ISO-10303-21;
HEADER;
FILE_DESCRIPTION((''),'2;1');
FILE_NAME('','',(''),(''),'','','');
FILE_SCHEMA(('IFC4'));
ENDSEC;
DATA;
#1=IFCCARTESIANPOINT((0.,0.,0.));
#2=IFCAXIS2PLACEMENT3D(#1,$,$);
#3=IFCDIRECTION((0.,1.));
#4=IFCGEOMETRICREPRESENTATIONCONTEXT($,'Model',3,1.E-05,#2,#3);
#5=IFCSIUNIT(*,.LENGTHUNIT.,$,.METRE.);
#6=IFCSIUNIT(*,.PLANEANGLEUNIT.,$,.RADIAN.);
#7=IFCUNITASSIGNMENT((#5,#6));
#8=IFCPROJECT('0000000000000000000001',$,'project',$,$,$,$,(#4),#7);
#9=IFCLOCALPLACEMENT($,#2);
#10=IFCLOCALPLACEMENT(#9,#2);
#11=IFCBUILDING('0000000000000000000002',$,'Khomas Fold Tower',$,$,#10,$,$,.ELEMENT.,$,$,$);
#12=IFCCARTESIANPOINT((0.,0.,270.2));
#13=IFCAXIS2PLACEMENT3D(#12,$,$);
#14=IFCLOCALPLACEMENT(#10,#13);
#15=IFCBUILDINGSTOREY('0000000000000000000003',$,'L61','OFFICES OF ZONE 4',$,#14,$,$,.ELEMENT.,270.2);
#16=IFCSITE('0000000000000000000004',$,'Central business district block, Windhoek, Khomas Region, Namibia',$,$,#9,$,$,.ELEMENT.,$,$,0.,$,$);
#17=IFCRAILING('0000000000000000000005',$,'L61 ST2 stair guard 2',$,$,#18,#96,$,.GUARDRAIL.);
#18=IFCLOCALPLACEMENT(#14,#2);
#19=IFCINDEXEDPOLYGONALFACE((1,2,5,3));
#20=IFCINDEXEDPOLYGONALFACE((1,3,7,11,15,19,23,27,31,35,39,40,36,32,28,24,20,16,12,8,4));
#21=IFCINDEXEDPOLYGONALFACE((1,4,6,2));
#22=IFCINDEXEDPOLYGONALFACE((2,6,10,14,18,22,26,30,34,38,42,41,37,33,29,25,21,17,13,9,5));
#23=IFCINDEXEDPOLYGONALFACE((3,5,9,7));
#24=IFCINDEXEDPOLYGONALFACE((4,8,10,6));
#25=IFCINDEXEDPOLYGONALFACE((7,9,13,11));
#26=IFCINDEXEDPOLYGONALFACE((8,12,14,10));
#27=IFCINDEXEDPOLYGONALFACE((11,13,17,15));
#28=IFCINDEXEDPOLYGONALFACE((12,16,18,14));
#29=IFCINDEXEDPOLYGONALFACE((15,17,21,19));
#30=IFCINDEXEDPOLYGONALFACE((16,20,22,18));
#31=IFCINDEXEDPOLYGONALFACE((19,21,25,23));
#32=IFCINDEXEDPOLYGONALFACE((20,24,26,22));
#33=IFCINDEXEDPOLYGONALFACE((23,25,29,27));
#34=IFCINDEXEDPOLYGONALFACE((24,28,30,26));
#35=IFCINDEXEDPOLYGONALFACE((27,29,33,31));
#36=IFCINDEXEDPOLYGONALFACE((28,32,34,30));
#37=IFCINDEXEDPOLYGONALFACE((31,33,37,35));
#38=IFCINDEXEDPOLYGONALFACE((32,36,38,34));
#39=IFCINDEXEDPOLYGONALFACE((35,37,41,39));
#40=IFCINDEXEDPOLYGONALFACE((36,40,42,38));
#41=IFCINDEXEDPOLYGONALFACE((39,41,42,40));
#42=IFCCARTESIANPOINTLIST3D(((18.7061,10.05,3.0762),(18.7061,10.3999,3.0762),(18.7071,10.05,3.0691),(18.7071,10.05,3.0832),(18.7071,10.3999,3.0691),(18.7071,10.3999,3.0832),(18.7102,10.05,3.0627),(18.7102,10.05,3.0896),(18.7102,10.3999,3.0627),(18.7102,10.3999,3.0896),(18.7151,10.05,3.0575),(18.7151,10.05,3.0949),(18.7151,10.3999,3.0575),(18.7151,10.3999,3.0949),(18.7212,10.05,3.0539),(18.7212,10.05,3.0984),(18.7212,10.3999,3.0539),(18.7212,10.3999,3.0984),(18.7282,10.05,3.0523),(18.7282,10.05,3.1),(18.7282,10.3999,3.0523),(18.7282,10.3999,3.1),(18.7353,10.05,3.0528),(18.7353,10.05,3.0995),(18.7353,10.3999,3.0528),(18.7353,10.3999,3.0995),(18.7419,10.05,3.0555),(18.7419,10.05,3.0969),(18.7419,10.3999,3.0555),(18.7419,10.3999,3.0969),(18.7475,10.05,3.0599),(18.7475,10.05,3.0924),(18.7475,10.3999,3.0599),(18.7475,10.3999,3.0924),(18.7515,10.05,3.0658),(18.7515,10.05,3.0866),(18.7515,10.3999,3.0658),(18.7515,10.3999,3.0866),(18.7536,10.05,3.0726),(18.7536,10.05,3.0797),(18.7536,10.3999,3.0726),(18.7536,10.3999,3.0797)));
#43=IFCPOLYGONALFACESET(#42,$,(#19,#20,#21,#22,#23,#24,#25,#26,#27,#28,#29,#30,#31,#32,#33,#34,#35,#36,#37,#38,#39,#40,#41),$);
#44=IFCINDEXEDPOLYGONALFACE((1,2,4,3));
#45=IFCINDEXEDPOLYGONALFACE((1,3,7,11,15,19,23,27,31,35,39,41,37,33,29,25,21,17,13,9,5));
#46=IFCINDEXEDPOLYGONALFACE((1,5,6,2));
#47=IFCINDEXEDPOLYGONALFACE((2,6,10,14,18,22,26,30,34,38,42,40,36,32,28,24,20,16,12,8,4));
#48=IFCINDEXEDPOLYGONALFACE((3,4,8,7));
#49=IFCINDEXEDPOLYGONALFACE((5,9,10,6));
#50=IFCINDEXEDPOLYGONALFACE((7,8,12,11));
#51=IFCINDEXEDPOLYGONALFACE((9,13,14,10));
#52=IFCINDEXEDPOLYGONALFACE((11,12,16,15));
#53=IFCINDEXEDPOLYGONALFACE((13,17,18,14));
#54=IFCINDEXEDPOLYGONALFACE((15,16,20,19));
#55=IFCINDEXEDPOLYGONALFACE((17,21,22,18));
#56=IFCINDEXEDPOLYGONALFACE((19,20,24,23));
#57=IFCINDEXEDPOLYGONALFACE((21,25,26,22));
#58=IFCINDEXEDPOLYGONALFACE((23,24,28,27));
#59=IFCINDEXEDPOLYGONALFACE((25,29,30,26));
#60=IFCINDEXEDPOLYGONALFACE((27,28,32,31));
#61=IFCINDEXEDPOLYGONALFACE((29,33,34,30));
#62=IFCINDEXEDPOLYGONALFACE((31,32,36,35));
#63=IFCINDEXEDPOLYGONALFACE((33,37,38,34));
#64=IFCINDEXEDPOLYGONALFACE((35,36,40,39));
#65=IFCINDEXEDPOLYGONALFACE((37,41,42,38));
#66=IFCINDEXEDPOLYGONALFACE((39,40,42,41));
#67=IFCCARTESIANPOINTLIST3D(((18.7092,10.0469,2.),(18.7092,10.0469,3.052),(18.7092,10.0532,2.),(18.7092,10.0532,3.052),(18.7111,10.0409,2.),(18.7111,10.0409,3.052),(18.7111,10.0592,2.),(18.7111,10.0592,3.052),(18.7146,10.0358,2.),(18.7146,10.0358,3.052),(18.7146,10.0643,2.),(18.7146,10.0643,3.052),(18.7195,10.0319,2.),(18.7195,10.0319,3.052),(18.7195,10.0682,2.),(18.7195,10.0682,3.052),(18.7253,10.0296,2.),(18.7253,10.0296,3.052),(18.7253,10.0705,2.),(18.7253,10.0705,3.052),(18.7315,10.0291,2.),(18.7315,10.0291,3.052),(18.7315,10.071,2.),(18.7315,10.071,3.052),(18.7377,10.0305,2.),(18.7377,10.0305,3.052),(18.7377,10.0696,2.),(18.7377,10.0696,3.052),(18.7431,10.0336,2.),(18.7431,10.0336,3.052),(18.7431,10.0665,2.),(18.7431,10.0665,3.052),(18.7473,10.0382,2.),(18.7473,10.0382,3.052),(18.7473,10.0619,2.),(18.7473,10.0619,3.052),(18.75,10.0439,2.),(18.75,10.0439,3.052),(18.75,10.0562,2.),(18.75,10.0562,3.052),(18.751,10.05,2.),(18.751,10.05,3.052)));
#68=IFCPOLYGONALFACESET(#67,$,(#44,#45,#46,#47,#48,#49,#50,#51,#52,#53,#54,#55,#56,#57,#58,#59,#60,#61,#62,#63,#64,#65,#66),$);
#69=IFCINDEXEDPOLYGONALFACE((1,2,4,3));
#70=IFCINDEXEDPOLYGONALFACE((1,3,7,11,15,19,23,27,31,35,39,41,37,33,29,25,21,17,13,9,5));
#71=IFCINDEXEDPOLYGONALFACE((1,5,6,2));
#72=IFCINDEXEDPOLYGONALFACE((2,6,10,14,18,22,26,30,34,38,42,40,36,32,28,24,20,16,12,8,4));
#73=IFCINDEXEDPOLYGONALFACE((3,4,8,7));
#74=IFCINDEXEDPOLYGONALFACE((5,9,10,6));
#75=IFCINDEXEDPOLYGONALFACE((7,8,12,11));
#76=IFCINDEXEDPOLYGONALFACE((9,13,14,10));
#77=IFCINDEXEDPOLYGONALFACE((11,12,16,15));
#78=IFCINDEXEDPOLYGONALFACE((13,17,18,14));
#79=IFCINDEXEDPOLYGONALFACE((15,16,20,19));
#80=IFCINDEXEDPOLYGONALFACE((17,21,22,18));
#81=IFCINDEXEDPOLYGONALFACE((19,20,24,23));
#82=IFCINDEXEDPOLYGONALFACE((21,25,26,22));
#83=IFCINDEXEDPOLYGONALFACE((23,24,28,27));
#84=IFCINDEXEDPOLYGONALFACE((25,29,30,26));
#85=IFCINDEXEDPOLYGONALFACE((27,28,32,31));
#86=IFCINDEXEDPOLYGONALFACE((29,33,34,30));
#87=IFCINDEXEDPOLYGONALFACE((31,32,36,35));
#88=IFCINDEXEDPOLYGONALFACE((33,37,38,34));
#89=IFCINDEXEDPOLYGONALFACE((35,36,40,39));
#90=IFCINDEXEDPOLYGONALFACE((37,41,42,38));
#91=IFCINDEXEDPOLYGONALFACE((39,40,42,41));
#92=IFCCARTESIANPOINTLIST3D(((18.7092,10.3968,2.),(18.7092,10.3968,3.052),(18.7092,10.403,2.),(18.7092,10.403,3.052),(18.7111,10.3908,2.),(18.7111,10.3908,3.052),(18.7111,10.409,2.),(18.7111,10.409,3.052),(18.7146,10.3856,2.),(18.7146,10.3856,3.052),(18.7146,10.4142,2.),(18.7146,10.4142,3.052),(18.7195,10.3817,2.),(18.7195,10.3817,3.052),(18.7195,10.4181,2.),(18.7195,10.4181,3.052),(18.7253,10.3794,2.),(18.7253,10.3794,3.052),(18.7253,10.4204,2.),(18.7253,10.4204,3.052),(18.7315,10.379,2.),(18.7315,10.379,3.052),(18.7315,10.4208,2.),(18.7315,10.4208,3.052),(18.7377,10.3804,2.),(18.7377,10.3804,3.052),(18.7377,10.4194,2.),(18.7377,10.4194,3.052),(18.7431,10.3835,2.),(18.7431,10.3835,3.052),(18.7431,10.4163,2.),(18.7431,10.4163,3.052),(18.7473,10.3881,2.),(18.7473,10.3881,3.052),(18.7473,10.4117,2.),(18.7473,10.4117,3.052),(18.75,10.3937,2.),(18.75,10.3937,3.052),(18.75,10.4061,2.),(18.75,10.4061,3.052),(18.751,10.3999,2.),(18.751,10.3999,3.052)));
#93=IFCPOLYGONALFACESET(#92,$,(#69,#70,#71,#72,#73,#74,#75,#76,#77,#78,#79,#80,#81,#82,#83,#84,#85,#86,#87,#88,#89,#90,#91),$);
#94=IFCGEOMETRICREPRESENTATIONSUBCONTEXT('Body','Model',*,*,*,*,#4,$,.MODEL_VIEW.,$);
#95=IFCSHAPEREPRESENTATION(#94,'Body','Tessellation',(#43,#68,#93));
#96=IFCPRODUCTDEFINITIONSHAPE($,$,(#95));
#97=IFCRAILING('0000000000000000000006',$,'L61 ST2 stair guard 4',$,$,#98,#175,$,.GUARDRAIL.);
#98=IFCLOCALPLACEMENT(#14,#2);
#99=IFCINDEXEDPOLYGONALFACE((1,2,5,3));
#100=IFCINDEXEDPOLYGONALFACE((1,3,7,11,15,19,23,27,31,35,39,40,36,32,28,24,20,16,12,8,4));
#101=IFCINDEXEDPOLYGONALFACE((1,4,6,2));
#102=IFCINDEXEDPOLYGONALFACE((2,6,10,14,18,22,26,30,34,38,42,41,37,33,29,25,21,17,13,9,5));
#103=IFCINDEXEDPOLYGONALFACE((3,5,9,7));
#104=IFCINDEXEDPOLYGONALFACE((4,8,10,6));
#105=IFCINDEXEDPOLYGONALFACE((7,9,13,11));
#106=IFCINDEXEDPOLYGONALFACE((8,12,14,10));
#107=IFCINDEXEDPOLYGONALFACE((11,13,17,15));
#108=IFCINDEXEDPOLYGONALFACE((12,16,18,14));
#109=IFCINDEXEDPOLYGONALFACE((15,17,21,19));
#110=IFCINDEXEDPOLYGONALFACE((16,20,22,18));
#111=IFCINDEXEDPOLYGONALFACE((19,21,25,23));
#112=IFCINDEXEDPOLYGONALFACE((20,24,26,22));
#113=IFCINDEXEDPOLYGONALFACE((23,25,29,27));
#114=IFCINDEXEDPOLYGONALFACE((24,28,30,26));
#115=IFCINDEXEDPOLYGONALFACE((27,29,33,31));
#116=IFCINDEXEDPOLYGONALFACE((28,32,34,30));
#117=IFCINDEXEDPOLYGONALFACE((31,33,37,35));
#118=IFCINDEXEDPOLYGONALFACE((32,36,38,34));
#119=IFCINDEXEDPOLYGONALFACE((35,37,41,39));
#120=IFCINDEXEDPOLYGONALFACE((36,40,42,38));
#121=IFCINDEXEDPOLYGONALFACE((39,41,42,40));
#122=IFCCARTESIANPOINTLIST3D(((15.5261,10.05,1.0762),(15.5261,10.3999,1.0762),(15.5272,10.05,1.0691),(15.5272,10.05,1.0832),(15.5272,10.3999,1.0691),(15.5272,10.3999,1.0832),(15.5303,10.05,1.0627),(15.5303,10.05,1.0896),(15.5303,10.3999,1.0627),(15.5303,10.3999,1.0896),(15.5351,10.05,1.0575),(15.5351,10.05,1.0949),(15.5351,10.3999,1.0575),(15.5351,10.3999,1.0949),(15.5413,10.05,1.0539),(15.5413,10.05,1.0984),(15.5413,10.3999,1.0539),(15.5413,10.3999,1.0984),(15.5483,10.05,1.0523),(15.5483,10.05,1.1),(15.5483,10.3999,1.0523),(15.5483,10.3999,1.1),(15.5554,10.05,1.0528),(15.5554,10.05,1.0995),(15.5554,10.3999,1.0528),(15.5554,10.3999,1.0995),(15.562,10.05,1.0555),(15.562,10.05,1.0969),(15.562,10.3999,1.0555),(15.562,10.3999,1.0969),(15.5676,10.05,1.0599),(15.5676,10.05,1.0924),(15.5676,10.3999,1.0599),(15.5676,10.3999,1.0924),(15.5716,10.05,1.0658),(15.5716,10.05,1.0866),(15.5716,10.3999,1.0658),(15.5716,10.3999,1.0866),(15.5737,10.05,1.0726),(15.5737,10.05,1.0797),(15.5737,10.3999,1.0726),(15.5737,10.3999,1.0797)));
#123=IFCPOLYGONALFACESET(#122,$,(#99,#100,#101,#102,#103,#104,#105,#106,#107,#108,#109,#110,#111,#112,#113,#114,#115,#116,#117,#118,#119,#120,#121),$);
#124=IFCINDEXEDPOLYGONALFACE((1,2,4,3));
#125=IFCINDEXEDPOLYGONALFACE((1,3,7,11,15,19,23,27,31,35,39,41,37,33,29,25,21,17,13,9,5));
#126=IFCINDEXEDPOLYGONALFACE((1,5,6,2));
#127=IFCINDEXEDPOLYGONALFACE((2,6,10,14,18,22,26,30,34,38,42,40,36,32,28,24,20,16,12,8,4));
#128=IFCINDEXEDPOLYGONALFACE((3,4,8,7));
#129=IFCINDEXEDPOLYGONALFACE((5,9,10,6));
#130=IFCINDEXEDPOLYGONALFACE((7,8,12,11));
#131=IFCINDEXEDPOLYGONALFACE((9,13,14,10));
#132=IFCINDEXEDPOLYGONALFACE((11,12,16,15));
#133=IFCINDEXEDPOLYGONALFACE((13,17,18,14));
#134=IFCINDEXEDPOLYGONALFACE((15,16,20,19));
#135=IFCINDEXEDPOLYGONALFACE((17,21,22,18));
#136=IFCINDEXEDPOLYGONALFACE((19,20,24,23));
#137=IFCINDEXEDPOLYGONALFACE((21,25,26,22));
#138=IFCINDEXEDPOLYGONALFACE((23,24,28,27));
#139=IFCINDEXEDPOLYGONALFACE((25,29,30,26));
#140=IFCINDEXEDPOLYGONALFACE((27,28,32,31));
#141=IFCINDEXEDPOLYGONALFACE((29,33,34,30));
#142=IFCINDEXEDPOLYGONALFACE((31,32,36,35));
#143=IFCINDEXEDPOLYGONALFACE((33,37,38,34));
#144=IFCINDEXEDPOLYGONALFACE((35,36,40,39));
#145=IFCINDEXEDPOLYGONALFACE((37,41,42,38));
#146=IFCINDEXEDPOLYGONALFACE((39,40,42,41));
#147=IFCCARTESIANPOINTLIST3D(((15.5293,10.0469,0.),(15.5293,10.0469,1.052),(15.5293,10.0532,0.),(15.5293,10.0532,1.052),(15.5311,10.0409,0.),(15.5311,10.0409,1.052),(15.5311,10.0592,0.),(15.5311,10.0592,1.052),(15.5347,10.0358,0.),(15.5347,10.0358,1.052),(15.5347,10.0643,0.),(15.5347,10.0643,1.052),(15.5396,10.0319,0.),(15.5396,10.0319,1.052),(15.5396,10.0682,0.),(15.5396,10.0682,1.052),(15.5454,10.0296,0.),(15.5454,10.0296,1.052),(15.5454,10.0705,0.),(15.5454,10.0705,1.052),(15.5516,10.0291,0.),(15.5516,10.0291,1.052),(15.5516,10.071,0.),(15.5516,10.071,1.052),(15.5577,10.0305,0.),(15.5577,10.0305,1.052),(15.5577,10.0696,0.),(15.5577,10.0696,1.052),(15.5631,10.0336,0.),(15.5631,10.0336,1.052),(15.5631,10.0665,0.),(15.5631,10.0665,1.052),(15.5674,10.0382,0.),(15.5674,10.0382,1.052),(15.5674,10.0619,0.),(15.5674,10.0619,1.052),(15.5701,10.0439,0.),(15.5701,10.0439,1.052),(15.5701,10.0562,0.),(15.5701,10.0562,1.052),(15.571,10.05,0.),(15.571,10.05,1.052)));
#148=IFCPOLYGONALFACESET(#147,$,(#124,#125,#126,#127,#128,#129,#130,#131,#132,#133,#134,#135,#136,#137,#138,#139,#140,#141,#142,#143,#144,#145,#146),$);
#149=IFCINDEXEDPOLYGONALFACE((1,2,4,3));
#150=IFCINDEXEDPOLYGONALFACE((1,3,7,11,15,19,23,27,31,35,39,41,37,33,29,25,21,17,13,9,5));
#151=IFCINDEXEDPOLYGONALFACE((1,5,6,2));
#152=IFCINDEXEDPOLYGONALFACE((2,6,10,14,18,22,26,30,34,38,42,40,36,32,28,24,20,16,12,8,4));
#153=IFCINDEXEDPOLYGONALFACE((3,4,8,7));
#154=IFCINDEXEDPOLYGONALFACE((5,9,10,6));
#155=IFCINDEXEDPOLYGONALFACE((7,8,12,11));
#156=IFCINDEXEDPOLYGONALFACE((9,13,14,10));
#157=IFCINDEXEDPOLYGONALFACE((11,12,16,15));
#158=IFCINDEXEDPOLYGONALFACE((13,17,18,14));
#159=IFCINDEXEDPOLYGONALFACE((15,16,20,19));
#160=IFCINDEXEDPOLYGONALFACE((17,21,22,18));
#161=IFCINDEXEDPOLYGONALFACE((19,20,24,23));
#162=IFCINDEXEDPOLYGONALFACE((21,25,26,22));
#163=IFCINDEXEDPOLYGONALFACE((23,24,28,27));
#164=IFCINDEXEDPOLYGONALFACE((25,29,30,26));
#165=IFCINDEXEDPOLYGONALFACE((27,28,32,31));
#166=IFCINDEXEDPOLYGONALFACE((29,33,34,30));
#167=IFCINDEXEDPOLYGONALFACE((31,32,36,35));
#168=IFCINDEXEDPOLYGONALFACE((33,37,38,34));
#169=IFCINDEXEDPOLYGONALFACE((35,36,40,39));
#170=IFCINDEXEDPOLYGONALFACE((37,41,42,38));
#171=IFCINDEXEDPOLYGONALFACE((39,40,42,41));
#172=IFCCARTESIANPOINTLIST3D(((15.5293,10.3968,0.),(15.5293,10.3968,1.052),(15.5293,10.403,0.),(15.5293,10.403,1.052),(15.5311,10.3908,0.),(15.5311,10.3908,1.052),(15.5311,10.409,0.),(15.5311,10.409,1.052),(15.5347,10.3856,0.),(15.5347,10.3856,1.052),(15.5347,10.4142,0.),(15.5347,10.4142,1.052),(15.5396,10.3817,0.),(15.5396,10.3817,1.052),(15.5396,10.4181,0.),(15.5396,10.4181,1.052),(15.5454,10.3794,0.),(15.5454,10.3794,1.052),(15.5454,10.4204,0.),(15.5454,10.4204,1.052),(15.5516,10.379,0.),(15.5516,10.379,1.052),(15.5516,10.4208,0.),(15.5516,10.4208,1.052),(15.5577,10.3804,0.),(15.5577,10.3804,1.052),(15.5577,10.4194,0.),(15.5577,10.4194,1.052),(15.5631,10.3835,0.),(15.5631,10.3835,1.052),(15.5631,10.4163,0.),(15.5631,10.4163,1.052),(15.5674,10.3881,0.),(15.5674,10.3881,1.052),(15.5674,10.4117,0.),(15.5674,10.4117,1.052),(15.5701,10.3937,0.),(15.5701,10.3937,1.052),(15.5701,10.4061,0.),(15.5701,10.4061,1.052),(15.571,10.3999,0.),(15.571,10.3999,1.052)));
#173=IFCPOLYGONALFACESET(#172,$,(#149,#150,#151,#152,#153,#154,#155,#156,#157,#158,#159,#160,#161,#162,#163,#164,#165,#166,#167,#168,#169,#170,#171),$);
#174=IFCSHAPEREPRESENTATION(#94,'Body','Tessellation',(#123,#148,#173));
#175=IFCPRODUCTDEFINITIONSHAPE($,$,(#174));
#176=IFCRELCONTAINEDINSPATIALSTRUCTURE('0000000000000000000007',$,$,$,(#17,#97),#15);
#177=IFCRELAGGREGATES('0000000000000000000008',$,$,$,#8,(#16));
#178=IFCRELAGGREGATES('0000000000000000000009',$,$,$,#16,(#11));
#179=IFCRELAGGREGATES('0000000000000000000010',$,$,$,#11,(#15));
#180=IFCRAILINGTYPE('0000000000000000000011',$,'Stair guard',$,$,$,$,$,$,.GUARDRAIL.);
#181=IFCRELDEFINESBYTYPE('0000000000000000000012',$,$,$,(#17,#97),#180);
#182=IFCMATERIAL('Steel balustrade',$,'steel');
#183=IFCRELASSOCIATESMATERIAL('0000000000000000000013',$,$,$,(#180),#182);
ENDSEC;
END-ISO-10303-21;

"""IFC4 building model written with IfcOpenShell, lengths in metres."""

from ifc_helpers import new_model, si_unit, direction, frame, origin, origin_2d, place, context, subcontext, project, spatial, circle, extrude, source, transform, mapped, material, type_object, element, save


model = new_model("IFC4")

# Units and contexts
model_context = context("Model", 3, precision=1e-05, world=origin(), true_north=direction((0.0, 1.0)))
body_context = subcontext(model_context, "Body", "Model", "MODEL_VIEW")
ifc_project = project(units=[si_unit("LENGTHUNIT", "METRE"), si_unit("PLANEANGLEUNIT", "RADIAN")], contexts=[model_context])

# Site, building, storey
site_placement = place(None, origin())
site = spatial("IfcSite", under=ifc_project, at=site_placement, Name="Central business district block, Windhoek, Khomas Region, Namibia", CompositionType="ELEMENT", RefElevation=0.0)
building_placement = place(site_placement, origin())
building = spatial("IfcBuilding", under=site, at=building_placement, Name="Khomas Fold Tower", CompositionType="ELEMENT")
storey_placement = place(building_placement, frame((0.0, 0.0, 270.2)))
storey = spatial("IfcBuildingStorey", under=building, at=storey_placement, Name="L61", Description="OFFICES OF ZONE 4", CompositionType="ELEMENT", Elevation=270.2)

# Railings
ifc_material_1 = material(Name="Steel balustrade", Category="steel")
railing_type_1 = type_object("IfcRailingType", Name="Stair guard", PredefinedType="GUARDRAIL", material=ifc_material_1)
shared_shape_1 = source(origin(), body_context, "Body", "SweptSolid", [
    extrude(circle(Radius=0.0239, at=origin_2d()), frame((0.0, 0.0, 1.0762), z_axis=(0.0, 1.0, 0.0), x_axis=(-1.0, 0.0, 0.0)), (0.0, 0.0, 1.0), 0.3499),
    extrude(circle(Radius=0.021, at=origin_2d()), origin(), (0.0, 0.0, 1.0), 1.052),
    extrude(circle(Radius=0.021, at=origin_2d()), frame((0.0, 0.3499, 0.0)), (0.0, 0.0, 1.0), 1.052),
])
for number, where, name in (
    (1, (18.73, 10.05, 2.0), "L61 ST2 stair guard 2"),
    (2, (15.55, 10.05, 0.0), "L61 ST2 stair guard 4"),
):
    element("IfcRailing", number, at=place(storey_placement, frame(where)), inside=storey, type_object=railing_type_1, Name=name, PredefinedType="GUARDRAIL", context=body_context, shape_type="MappedRepresentation", body=[
        mapped(shared_shape_1, transform((0.0, 0.0, 0.0))),
    ])

save(model, "model.ifc")
